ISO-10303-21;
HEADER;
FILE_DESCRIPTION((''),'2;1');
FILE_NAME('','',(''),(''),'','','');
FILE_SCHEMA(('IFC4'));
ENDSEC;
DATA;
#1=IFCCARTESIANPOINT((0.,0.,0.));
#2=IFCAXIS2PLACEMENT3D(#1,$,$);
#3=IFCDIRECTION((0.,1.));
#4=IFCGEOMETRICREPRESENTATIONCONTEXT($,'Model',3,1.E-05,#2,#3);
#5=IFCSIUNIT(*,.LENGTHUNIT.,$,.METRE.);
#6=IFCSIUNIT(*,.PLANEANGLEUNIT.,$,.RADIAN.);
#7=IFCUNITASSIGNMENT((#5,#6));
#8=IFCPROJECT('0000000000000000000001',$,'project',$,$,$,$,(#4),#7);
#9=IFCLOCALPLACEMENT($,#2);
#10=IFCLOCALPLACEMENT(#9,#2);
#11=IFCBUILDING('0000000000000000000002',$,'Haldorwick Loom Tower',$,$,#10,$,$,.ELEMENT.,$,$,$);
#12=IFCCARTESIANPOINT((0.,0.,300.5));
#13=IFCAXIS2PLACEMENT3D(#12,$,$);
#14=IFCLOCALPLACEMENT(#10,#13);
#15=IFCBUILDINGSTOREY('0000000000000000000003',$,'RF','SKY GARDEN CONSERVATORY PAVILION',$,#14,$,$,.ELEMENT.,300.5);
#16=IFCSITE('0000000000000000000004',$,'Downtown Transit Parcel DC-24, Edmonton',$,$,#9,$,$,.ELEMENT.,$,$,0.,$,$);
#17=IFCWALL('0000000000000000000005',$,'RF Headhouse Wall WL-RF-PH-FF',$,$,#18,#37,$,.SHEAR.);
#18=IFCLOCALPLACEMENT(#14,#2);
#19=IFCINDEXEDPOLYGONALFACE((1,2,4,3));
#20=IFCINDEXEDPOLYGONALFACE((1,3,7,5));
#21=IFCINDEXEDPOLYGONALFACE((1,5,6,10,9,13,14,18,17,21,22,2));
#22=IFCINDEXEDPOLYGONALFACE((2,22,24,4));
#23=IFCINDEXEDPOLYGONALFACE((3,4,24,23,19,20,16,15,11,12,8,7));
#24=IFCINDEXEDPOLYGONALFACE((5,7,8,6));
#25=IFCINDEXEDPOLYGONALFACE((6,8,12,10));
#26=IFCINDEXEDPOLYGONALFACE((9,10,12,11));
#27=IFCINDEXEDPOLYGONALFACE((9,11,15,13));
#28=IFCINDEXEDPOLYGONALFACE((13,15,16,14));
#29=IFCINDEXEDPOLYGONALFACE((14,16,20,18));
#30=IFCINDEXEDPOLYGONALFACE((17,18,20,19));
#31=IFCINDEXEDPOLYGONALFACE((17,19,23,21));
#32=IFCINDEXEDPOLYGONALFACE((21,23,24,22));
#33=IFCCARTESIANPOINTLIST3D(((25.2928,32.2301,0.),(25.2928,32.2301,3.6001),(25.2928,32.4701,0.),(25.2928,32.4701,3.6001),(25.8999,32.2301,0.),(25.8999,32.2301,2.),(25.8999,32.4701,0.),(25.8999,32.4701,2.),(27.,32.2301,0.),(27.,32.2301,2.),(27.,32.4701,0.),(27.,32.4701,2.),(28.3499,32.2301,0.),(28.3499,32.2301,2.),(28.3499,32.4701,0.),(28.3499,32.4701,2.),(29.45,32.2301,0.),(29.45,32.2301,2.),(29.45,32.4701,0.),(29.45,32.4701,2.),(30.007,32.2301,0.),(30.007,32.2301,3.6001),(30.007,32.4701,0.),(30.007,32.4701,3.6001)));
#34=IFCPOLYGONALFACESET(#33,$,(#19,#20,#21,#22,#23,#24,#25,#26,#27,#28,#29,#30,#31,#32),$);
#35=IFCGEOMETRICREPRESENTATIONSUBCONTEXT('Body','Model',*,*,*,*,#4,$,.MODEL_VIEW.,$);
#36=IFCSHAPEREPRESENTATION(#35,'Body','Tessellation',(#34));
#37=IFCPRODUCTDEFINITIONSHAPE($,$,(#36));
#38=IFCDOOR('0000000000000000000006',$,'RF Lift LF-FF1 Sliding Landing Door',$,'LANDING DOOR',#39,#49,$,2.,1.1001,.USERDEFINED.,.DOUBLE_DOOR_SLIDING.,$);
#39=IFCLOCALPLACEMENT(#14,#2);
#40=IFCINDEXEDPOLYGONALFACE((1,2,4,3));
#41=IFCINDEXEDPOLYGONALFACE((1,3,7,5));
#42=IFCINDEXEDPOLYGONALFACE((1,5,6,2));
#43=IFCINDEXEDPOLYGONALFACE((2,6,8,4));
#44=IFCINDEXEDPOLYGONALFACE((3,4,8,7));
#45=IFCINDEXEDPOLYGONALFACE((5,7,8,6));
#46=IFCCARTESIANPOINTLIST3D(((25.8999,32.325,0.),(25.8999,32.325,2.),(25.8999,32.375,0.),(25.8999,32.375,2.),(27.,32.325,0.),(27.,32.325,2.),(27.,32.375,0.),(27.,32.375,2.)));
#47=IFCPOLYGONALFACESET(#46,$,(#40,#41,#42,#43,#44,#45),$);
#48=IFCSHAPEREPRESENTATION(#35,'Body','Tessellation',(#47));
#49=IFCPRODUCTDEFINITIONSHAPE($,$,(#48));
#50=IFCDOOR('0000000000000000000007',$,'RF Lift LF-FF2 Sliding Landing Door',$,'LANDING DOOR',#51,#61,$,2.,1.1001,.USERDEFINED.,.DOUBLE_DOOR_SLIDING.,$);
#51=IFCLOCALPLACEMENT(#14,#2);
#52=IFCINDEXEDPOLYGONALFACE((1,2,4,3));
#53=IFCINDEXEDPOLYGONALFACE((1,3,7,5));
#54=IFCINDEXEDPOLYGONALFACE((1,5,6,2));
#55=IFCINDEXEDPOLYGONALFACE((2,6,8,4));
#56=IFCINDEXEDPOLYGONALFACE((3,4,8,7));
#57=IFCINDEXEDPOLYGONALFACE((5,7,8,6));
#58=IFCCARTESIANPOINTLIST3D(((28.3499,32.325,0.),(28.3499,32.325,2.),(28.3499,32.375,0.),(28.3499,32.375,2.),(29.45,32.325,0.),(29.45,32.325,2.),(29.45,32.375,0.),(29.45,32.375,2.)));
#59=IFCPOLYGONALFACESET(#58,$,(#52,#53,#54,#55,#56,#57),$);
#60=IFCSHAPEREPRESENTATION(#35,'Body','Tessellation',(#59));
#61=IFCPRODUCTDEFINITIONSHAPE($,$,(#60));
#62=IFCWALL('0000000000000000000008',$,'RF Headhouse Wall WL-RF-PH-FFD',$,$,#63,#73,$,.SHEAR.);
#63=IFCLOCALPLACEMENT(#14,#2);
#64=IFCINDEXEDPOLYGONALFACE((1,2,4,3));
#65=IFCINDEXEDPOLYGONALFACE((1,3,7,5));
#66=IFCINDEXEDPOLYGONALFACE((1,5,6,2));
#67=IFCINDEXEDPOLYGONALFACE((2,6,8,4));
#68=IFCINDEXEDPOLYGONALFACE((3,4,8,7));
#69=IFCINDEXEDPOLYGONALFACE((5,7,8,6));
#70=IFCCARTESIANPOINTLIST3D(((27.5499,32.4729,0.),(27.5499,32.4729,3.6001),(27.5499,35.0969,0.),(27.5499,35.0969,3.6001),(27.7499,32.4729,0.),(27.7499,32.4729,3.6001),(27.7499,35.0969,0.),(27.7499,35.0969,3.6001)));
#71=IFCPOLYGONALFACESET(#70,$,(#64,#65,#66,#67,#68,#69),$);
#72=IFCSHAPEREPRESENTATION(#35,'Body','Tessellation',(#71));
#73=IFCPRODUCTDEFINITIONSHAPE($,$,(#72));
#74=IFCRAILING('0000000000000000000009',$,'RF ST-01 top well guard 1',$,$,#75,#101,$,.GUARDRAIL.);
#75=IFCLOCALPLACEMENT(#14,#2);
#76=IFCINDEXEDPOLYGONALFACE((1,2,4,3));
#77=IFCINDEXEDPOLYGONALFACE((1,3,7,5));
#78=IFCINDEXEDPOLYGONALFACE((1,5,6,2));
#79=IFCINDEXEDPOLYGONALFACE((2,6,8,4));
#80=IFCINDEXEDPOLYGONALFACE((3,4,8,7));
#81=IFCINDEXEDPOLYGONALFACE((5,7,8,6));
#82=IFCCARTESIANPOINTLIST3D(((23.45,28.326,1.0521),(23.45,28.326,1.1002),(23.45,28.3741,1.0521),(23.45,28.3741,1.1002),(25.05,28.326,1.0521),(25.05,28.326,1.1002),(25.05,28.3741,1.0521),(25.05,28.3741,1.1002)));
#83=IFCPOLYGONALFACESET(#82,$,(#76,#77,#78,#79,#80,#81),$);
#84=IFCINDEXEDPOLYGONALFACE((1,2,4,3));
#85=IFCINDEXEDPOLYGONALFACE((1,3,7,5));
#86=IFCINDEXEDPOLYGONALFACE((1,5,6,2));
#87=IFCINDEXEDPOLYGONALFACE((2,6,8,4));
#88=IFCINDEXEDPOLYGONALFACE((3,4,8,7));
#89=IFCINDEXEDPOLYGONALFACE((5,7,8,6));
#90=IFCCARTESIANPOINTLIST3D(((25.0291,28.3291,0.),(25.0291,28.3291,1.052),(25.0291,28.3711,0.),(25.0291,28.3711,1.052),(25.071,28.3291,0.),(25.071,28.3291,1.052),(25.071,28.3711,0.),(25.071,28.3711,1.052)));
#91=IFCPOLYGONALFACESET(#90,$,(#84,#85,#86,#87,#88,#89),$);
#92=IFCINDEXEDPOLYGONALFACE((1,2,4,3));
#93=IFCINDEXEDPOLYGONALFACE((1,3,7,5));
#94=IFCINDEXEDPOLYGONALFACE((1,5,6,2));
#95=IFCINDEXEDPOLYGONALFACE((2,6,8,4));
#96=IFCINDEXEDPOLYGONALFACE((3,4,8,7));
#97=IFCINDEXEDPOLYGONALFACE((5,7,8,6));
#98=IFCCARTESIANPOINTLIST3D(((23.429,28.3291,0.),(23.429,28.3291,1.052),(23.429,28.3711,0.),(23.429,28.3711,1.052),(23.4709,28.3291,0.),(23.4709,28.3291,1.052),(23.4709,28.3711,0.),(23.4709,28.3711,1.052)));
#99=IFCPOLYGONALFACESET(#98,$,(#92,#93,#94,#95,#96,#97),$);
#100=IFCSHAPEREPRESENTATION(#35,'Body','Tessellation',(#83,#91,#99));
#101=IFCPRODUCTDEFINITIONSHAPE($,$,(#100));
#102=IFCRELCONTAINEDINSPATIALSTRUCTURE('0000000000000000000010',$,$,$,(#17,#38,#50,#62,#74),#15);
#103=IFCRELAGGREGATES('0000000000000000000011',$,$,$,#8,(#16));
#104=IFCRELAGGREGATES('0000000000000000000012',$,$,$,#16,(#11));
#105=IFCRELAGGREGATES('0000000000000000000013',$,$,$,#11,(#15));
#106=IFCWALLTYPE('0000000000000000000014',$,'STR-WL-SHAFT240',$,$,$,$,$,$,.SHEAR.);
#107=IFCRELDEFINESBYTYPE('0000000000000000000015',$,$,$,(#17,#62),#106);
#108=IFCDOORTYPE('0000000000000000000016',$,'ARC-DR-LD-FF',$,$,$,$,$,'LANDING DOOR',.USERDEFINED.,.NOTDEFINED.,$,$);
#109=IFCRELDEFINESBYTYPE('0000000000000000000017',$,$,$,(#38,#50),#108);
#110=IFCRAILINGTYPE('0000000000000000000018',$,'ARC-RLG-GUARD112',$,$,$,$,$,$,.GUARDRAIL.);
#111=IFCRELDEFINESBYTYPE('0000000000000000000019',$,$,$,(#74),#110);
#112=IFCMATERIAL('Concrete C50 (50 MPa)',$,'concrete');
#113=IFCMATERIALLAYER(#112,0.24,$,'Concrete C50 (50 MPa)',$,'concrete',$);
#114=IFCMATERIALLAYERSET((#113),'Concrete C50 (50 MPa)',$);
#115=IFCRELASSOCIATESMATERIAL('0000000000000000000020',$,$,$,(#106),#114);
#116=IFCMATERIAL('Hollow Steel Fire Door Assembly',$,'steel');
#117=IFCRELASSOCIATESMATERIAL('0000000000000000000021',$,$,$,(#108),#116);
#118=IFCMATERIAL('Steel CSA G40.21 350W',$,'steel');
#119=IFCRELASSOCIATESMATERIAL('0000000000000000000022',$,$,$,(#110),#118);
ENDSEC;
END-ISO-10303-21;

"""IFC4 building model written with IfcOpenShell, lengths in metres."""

from ifc_helpers import new_model, si_unit, direction, frame, frame_2d, origin, origin_2d, place, context, subcontext, project, spatial, rectangle, extrude, material, layer, layer_set, type_object, element, fill, save


model = new_model("IFC4")

# Units and contexts
model_context = context("Model", 3, precision=1e-05, world=origin(), true_north=direction((0.0, 1.0)))
body_context = subcontext(model_context, "Body", "Model", "MODEL_VIEW")
ifc_project = project(units=[si_unit("LENGTHUNIT", "METRE"), si_unit("PLANEANGLEUNIT", "RADIAN")], contexts=[model_context])

# Site, building, storey
site_placement = place(None, origin())
site = spatial("IfcSite", under=ifc_project, at=site_placement, Name="Downtown Transit Parcel DC-24, Edmonton", CompositionType="ELEMENT", RefElevation=0.0)
building_placement = place(site_placement, origin())
building = spatial("IfcBuilding", under=site, at=building_placement, Name="Haldorwick Loom Tower", CompositionType="ELEMENT")
storey_placement = place(building_placement, frame((0.0, 0.0, 300.5)))
storey = spatial("IfcBuildingStorey", under=building, at=storey_placement, Name="RF", Description="SKY GARDEN CONSERVATORY PAVILION", CompositionType="ELEMENT", Elevation=300.5)

# Shared definitions
ifc_material_1 = material(Name="Steel CSA G40.21 350W", Category="steel")

# Shared definitions
ifc_material_2 = material(Name="Concrete C50 (50 MPa)", Category="concrete")
ifc_layer_1 = layer(ifc_material_2, 0.24, Name="Concrete C50 (50 MPa)", Category="concrete")
ifc_layer_set_1 = layer_set([ifc_layer_1], Name="Concrete C50 (50 MPa)")
wall_type_1 = type_object("IfcWallType", Name="STR-WL-SHAFT240", PredefinedType="SHEAR", material=ifc_layer_set_1)

# Shared definitions
ifc_material_3 = material(Name="Hollow Steel Fire Door Assembly", Category="steel")

# Wall, openings, doors
wall_1_placement = place(storey_placement, frame((25.293, 32.3501, 0.0), z_axis=(0.0, 0.0, 1.0), x_axis=(1.0, 0.0, 0.0)))
wall_1 = element("IfcWall", 1, at=wall_1_placement, inside=storey, type_object=wall_type_1, Name="RF Headhouse Wall WL-RF-PH-FF", PredefinedType="SHEAR", context=body_context, shape_type="SweptSolid", body=[
    extrude(rectangle(XDim=4.7141, YDim=0.24, at=frame_2d((2.3569, 0.0))), origin(), (0.0, 0.0, 1.0), 3.6001),
])
opening_1_placement = place(wall_1_placement, frame((0.6069, 0.0, 0.0)))
opening_1 = element("IfcOpeningElement", 2, at=opening_1_placement, cuts=wall_1, PredefinedType="OPENING", context=body_context, shape_type="SweptSolid", body=[
    extrude(rectangle(XDim=1.1001, YDim=2.0, at=frame_2d((0.55, 1.0))), frame((0.0, 0.1299, 0.0), z_axis=(0.0, -1.0, 0.0), x_axis=(1.0, 0.0, 0.0)), (0.0, 0.0, 1.0), 0.26),
])
opening_2_placement = place(wall_1_placement, frame((3.0569, 0.0, 0.0)))
opening_2 = element("IfcOpeningElement", 3, at=opening_2_placement, cuts=wall_1, PredefinedType="OPENING", context=body_context, shape_type="SweptSolid", body=[
    extrude(rectangle(XDim=1.1001, YDim=2.0, at=frame_2d((0.55, 1.0))), frame((0.0, 0.1299, 0.0), z_axis=(0.0, -1.0, 0.0), x_axis=(1.0, 0.0, 0.0)), (0.0, 0.0, 1.0), 0.26),
])
door_type_1 = type_object("IfcDoorType", Name="ARC-DR-LD-FF", ElementType="LANDING DOOR", OperationType="NOTDEFINED", PredefinedType="USERDEFINED", material=ifc_material_3)
door_1_placement = place(opening_1_placement, origin())
door_1 = element("IfcDoor", 4, at=door_1_placement, inside=storey, type_object=door_type_1, Name="RF Lift LF-FF1 Sliding Landing Door", ObjectType="LANDING DOOR", OperationType="DOUBLE_DOOR_SLIDING", OverallHeight=2.0, OverallWidth=1.1001, PredefinedType="USERDEFINED", context=body_context, shape_type="SweptSolid", body=[
    extrude(rectangle(XDim=1.1001, YDim=2.0, at=frame_2d((0.55, 1.0))), frame((0.0, 0.0249, 0.0), z_axis=(0.0, -1.0, 0.0), x_axis=(1.0, 0.0, 0.0)), (0.0, 0.0, 1.0), 0.05),
])
fill(opening_1, door_1)
door_2_placement = place(opening_2_placement, origin())
door_2 = element("IfcDoor", 5, at=door_2_placement, inside=storey, type_object=door_type_1, Name="RF Lift LF-FF2 Sliding Landing Door", ObjectType="LANDING DOOR", OperationType="DOUBLE_DOOR_SLIDING", OverallHeight=2.0, OverallWidth=1.1001, PredefinedType="USERDEFINED", context=body_context, shape_type="SweptSolid", body=[
    extrude(rectangle(XDim=1.1001, YDim=2.0, at=frame_2d((0.55, 1.0))), frame((0.0, 0.0249, 0.0), z_axis=(0.0, -1.0, 0.0), x_axis=(1.0, 0.0, 0.0)), (0.0, 0.0, 1.0), 0.05),
])
fill(opening_2, door_2)

# Wall
wall_2_placement = place(storey_placement, frame((27.6499, 32.4729, 0.0), z_axis=(0.0, 0.0, 1.0), x_axis=(0.0, 1.0, 0.0)))
element("IfcWall", 6, at=wall_2_placement, inside=storey, type_object=wall_type_1, Name="RF Headhouse Wall WL-RF-PH-FFD", PredefinedType="SHEAR", context=body_context, shape_type="SweptSolid", body=[
    extrude(rectangle(XDim=2.624, YDim=0.2, at=frame_2d((1.312, 0.0))), origin(), (0.0, 0.0, 1.0), 3.6001),
])

# Railing
railing_type = type_object("IfcRailingType", Name="ARC-RLG-GUARD112", PredefinedType="GUARDRAIL", material=ifc_material_1)
railing_placement = place(storey_placement, frame((25.05, 28.3501, 0.0)))
element("IfcRailing", 7, at=railing_placement, inside=storey, type_object=railing_type, Name="RF ST-01 top well guard 1", PredefinedType="GUARDRAIL", context=body_context, shape_type="SweptSolid", body=[
    extrude(rectangle(XDim=0.0481, YDim=0.0481, at=origin_2d()), frame((0.0, 0.0, 1.0762), z_axis=(-1.0, 0.0, 0.0), x_axis=(0.0, -1.0, 0.0)), (0.0, 0.0, 1.0), 1.6001),
    extrude(rectangle(XDim=0.042, YDim=0.042, at=origin_2d()), origin(), (0.0, 0.0, 1.0), 1.052),
    extrude(rectangle(XDim=0.042, YDim=0.042, at=origin_2d()), frame((-1.6001, 0.0, 0.0)), (0.0, 0.0, 1.0), 1.052),
])

save(model, "model.ifc")
